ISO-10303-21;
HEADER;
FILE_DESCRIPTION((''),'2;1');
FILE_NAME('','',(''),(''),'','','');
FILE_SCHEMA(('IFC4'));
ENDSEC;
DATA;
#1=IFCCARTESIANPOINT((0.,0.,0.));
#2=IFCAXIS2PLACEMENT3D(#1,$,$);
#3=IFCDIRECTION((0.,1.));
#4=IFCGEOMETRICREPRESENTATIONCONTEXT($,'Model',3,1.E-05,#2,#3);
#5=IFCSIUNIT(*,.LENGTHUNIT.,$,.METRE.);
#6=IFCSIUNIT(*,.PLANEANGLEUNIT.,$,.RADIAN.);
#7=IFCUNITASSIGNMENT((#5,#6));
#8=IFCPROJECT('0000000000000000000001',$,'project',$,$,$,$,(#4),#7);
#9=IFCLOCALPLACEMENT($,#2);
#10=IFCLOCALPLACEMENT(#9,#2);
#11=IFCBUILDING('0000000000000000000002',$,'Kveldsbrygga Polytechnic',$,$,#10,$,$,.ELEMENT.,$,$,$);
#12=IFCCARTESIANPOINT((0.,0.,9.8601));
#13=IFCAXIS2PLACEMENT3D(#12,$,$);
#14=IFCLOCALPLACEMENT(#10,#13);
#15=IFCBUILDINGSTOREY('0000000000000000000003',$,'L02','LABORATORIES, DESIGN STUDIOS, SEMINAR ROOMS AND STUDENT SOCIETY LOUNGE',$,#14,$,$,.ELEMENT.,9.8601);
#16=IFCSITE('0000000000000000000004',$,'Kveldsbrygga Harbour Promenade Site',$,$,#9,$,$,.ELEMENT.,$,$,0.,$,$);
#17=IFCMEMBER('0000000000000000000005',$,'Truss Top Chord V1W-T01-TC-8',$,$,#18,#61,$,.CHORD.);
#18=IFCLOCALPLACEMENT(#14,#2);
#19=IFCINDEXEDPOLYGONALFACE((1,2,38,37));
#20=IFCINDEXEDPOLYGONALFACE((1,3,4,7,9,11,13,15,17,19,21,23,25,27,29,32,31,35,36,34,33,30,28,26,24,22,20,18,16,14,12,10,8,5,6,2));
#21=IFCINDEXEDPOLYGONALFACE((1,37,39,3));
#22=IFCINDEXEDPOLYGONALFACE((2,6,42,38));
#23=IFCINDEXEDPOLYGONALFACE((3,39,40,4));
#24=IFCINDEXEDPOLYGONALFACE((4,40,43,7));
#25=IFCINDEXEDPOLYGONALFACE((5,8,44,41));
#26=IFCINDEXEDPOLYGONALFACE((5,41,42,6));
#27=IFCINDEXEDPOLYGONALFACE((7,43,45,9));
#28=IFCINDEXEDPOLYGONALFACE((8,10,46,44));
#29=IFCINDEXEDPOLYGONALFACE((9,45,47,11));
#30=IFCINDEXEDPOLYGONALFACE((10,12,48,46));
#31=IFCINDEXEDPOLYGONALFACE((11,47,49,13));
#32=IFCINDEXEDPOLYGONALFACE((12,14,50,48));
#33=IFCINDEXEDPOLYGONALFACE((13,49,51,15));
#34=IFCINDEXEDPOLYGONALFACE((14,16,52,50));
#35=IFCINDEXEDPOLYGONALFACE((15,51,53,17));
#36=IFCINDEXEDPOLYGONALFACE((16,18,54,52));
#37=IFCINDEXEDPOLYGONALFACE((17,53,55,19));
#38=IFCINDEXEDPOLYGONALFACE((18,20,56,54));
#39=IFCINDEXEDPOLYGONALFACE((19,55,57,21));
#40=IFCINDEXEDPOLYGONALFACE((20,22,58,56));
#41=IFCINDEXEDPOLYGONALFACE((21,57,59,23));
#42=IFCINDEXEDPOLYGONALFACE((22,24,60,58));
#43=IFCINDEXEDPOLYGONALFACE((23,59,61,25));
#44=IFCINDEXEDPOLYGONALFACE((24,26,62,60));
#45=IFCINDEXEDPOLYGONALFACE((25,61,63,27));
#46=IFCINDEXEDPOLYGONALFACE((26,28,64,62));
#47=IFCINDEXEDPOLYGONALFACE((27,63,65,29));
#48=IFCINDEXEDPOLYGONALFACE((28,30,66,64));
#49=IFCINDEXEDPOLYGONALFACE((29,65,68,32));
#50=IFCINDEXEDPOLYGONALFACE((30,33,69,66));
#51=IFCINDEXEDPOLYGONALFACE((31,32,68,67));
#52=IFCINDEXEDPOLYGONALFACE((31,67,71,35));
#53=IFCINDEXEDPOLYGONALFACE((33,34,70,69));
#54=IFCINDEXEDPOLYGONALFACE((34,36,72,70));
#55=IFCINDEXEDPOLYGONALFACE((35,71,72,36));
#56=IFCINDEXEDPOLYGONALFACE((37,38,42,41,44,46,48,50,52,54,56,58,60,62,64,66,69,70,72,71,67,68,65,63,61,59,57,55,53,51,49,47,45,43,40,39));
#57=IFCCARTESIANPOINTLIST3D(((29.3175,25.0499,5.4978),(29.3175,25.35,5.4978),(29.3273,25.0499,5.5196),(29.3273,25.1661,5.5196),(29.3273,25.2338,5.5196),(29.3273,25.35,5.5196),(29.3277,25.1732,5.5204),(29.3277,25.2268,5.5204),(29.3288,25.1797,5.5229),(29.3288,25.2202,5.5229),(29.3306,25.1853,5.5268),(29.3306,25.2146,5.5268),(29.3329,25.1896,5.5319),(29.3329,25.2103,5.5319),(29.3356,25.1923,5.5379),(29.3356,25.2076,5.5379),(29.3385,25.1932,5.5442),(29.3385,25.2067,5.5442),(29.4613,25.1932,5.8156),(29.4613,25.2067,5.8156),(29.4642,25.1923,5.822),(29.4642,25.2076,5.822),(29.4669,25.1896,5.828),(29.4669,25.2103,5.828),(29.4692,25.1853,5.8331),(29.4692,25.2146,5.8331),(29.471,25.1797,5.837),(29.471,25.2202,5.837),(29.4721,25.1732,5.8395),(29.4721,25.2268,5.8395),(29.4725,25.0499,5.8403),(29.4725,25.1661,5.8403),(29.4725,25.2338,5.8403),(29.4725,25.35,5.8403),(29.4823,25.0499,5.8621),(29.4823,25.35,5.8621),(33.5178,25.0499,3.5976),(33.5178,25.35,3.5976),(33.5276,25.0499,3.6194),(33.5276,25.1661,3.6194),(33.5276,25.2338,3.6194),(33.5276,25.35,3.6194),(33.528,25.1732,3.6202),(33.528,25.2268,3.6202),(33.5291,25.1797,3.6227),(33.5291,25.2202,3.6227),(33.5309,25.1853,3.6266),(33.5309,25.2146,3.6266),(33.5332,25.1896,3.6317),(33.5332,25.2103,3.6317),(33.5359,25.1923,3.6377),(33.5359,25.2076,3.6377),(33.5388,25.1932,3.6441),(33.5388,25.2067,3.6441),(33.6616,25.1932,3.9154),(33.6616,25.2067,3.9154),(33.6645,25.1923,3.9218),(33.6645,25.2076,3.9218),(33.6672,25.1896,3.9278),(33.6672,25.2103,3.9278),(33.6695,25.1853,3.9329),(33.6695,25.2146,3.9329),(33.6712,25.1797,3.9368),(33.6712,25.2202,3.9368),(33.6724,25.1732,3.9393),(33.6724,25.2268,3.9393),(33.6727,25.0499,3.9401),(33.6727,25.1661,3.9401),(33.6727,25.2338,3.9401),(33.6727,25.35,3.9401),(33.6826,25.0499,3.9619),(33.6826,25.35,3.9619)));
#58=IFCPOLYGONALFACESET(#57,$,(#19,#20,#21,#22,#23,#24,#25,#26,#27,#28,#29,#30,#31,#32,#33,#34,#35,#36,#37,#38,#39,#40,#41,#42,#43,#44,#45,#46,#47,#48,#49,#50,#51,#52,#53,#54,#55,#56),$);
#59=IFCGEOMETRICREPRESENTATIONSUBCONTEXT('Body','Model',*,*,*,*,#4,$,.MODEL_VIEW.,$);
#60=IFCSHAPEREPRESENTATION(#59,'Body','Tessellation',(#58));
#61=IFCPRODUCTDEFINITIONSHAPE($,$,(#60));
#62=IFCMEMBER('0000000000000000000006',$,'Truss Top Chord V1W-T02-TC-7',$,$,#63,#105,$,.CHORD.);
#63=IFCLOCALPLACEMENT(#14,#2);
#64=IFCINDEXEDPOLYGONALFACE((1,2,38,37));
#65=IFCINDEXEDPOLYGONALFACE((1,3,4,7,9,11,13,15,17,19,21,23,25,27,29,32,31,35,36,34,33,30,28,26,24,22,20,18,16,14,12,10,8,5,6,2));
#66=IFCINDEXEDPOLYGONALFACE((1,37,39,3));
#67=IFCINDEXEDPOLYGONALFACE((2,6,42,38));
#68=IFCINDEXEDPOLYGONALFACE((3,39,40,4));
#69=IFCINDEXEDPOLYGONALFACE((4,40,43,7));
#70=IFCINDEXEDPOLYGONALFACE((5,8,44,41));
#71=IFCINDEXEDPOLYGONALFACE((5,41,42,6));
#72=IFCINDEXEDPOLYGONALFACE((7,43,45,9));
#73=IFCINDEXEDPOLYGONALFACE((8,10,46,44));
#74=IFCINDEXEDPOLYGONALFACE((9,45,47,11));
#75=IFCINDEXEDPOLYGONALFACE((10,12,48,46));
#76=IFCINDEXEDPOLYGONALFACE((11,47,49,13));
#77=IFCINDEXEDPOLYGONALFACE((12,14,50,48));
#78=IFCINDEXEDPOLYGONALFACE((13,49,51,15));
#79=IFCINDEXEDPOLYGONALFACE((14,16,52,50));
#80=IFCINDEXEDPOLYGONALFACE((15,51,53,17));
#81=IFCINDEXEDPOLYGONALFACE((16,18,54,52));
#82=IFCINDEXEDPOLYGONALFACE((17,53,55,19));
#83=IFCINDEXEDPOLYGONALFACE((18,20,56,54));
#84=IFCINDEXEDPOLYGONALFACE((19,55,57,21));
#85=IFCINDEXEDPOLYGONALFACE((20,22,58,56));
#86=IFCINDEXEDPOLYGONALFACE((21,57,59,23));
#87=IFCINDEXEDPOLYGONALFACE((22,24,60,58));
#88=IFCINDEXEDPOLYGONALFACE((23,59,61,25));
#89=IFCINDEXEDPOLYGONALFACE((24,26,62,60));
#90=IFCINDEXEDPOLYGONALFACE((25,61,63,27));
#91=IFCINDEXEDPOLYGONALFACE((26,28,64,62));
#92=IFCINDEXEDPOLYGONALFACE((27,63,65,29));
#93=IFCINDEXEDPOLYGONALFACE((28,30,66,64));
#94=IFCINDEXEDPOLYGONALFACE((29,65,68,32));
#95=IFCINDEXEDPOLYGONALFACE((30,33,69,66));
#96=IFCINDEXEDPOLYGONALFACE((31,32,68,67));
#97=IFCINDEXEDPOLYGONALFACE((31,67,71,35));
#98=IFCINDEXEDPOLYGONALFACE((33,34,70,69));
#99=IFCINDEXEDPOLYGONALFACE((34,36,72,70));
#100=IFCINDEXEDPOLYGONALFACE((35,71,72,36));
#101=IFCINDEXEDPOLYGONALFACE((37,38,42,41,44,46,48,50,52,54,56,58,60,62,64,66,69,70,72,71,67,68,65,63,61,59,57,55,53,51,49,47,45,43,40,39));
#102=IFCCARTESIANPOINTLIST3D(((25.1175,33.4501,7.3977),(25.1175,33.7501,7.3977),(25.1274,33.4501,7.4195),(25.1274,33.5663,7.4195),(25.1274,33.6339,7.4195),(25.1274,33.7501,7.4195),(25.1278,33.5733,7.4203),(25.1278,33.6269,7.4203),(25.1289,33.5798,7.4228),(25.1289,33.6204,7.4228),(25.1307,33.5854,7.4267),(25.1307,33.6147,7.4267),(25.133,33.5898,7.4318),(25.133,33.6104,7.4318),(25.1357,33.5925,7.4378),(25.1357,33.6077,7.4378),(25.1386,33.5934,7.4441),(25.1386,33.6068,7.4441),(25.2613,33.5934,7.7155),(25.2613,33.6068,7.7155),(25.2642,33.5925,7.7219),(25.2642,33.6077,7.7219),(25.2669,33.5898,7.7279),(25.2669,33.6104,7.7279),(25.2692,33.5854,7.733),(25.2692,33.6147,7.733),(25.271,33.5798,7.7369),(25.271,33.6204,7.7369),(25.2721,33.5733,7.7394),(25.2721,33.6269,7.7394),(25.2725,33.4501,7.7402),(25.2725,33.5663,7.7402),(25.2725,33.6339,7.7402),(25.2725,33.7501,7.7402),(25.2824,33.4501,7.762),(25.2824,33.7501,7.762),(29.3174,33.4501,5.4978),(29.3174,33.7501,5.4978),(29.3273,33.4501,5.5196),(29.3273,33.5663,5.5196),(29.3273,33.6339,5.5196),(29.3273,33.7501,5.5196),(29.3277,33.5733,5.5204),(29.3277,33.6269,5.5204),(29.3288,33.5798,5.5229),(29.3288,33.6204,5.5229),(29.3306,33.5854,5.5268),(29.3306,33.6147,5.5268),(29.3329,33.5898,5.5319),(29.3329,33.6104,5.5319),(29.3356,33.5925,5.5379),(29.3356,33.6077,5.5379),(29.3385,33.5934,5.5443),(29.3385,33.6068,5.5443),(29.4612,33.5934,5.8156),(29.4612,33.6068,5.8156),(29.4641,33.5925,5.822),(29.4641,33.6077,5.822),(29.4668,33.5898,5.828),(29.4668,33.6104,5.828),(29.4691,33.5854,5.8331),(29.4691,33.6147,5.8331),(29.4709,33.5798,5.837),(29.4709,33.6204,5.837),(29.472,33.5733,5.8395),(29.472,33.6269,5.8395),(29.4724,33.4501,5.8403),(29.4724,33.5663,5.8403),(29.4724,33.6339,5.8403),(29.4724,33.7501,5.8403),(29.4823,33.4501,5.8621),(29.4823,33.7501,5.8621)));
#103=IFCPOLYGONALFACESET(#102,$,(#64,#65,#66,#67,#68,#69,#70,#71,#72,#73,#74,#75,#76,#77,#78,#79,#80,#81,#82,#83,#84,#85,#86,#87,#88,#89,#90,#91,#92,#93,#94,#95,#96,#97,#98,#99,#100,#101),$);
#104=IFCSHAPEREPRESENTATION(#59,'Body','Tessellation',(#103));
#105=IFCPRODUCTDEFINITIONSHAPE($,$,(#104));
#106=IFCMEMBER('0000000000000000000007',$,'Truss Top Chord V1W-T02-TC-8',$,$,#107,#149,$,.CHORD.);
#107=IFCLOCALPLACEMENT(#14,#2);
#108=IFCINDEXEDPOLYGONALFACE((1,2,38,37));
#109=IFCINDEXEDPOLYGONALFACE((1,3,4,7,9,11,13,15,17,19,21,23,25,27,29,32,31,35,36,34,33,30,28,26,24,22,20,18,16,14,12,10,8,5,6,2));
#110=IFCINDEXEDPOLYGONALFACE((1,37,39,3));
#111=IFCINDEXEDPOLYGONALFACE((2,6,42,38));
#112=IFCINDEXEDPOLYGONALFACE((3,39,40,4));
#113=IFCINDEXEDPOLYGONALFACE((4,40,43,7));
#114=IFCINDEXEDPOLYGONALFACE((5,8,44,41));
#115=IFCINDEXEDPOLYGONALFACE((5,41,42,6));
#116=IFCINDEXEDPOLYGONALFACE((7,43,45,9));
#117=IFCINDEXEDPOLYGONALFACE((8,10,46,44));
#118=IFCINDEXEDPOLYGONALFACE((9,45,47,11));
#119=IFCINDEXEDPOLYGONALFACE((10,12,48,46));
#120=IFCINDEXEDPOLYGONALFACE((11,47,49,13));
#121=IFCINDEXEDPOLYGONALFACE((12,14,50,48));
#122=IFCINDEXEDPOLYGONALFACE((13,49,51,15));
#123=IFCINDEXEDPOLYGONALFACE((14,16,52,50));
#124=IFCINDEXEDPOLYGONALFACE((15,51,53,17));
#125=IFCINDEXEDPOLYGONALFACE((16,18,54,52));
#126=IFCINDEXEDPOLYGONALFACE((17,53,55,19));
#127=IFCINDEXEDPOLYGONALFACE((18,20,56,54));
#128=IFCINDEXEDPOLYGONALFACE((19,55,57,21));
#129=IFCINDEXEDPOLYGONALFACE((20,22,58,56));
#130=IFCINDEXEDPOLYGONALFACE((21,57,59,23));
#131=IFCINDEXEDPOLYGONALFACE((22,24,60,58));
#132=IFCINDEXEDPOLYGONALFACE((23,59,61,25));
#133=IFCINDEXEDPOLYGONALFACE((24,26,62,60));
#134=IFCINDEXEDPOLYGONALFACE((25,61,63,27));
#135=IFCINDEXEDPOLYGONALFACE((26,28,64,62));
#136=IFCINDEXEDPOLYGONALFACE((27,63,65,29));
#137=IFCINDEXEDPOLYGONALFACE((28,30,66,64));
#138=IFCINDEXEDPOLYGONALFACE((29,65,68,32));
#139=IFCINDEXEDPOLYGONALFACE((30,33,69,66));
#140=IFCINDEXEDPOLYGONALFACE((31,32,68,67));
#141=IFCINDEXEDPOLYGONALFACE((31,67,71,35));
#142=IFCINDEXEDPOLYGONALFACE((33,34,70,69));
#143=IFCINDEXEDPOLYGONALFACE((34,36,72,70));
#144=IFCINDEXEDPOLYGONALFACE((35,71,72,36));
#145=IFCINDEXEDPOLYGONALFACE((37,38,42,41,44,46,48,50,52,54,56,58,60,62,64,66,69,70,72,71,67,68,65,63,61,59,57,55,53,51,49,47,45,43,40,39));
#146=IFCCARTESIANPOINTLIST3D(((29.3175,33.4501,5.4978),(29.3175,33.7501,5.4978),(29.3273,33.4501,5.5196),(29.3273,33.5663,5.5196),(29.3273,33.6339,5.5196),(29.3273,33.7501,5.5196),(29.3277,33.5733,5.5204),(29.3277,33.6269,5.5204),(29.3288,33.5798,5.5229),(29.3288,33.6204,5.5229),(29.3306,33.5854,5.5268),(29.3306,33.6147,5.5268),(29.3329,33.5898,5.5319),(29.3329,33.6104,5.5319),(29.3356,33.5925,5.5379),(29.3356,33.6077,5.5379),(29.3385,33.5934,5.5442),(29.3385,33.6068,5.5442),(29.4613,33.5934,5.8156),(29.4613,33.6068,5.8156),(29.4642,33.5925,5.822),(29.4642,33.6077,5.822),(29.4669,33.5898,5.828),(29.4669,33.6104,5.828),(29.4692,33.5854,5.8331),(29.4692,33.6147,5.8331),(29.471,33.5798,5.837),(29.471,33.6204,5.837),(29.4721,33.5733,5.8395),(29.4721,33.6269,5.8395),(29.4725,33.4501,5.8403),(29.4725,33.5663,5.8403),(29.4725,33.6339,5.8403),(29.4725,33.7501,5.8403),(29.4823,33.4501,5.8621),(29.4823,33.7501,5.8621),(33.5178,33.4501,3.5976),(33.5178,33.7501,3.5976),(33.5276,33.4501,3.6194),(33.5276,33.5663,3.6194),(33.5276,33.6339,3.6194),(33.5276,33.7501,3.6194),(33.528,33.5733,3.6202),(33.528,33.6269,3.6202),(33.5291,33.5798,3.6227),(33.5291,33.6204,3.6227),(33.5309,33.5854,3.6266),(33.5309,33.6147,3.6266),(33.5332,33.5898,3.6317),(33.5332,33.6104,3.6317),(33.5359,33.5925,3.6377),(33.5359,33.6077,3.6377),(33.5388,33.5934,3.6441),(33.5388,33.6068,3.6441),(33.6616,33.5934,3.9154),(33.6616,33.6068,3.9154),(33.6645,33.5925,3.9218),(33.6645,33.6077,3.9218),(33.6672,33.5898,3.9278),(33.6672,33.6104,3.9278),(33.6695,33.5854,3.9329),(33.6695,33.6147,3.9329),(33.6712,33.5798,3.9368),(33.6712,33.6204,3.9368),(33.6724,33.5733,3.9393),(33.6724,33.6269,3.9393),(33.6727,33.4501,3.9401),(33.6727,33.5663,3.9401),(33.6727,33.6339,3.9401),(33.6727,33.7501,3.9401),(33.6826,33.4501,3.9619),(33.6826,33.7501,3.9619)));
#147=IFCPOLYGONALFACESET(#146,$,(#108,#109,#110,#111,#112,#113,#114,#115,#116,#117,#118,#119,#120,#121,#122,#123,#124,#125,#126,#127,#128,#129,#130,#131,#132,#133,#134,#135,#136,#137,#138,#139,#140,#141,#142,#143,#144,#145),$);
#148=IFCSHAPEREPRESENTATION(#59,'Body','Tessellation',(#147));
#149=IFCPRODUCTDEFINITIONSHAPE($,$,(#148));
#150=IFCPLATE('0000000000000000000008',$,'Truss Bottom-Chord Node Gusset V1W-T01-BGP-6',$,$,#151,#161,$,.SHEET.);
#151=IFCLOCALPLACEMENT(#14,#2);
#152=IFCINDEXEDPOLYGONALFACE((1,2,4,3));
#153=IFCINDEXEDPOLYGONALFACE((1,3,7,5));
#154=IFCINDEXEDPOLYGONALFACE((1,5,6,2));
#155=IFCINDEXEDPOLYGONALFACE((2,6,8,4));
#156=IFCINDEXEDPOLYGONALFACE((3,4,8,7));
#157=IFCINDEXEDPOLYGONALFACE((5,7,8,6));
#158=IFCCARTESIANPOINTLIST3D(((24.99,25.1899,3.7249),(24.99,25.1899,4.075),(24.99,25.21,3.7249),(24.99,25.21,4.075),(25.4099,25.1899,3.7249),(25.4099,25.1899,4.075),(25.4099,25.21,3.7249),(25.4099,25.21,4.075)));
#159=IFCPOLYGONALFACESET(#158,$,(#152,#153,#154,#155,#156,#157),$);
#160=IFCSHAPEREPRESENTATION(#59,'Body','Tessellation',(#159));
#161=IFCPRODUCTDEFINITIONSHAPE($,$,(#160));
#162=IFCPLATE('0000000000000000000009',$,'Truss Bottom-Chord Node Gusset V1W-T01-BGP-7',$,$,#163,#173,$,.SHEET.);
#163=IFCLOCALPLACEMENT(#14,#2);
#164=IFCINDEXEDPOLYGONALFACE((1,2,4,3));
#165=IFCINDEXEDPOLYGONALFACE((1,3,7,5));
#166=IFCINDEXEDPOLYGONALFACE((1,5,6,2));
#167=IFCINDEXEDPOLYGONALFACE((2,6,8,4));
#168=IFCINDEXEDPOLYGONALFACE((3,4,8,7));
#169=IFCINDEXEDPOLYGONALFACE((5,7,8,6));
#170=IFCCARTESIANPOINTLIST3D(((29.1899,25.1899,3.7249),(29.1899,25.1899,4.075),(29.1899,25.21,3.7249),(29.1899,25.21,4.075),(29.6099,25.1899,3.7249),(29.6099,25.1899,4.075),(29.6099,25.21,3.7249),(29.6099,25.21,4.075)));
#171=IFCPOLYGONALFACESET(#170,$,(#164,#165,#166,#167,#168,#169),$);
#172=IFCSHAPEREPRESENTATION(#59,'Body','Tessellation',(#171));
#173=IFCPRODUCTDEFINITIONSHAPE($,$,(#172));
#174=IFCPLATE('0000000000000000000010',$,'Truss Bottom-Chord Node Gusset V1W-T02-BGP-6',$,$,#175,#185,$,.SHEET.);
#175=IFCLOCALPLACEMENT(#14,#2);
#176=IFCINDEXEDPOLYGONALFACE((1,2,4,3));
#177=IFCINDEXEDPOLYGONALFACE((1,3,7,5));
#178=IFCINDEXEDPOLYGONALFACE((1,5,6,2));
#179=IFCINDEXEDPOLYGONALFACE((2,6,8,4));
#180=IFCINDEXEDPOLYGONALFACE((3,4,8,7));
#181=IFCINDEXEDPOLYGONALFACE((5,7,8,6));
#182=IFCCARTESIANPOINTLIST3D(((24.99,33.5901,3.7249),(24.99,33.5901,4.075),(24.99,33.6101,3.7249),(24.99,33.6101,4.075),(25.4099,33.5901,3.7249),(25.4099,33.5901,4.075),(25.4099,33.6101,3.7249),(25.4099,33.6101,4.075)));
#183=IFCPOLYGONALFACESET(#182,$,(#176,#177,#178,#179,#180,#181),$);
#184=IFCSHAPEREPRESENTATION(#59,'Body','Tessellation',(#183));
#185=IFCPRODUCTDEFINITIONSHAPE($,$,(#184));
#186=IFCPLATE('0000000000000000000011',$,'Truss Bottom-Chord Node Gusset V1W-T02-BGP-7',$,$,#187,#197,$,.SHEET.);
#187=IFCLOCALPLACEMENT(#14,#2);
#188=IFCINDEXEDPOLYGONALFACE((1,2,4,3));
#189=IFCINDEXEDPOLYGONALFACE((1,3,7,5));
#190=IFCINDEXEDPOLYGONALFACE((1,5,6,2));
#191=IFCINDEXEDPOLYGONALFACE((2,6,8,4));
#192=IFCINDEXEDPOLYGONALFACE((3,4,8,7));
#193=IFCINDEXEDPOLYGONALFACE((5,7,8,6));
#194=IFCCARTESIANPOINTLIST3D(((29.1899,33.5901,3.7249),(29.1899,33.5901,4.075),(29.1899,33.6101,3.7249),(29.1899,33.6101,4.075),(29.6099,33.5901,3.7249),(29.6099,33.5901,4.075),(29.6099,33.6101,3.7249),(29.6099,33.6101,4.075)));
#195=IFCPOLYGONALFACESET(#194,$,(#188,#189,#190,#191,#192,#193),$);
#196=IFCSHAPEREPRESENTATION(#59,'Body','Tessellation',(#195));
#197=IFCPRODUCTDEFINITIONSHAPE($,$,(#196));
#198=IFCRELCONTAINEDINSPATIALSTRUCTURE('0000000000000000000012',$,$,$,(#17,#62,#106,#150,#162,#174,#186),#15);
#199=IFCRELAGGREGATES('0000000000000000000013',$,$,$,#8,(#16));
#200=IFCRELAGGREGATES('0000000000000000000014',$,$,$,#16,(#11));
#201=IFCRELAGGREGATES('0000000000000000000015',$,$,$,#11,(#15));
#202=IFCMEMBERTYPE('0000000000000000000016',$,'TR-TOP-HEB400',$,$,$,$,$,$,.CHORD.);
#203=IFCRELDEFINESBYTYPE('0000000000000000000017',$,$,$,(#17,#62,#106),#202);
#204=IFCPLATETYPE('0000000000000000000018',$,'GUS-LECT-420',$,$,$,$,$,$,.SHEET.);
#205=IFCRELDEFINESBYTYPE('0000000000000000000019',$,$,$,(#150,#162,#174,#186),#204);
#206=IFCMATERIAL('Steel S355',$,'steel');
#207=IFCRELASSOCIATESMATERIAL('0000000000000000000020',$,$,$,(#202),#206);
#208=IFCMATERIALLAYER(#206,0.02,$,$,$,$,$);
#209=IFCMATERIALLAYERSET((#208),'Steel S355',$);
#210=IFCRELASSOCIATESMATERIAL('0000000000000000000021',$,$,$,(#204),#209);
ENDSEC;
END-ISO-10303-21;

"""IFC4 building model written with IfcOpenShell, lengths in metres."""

from ifc_helpers import new_model, si_unit, direction, frame, origin, origin_2d, place, context, subcontext, project, spatial, rectangle, i_section, extrude, material, layer, layer_set, material_profile, profile_set, type_object, element, save


model = new_model("IFC4")

# Units and contexts
model_context = context("Model", 3, precision=1e-05, world=origin(), true_north=direction((0.0, 1.0)))
body_context = subcontext(model_context, "Body", "Model", "MODEL_VIEW")
ifc_project = project(units=[si_unit("LENGTHUNIT", "METRE"), si_unit("PLANEANGLEUNIT", "RADIAN")], contexts=[model_context])

# Site, building, storey
site_placement = place(None, origin())
site = spatial("IfcSite", under=ifc_project, at=site_placement, Name="Kveldsbrygga Harbour Promenade Site", CompositionType="ELEMENT", RefElevation=0.0)
building_placement = place(site_placement, origin())
building = spatial("IfcBuilding", under=site, at=building_placement, Name="Kveldsbrygga Polytechnic", CompositionType="ELEMENT")
storey_placement = place(building_placement, frame((0.0, 0.0, 9.8601)))
storey = spatial("IfcBuildingStorey", under=building, at=storey_placement, Name="L02", Description="LABORATORIES, DESIGN STUDIOS, SEMINAR ROOMS AND STUDENT SOCIETY LOUNGE", CompositionType="ELEMENT", Elevation=9.8601)

# Members
ifc_material_1 = material(Name="Steel S355", Category="steel")
ifc_material_profile_1 = material_profile(ifc_material_1, i_section(OverallWidth=0.3, OverallDepth=0.3999, WebThickness=0.0134, FlangeThickness=0.0239, FilletRadius=0.0271, at=origin_2d()), Name="HEB 400")
ifc_profile_set_1 = profile_set([ifc_material_profile_1], Name="Steel S355")
member_type_1 = type_object("IfcMemberType", Name="TR-TOP-HEB400", PredefinedType="CHORD", material=ifc_profile_set_1)
member_1_placement = place(storey_placement, frame((29.3999, 25.2, 5.6799), z_axis=(0.911103, 0.0, -0.412178), x_axis=(0.0, 1.0, 0.0)))
element("IfcMember", 1, at=member_1_placement, inside=storey, type_object=member_type_1, Name="Truss Top Chord V1W-T01-TC-8", PredefinedType="CHORD", context=body_context, shape_type="SweptSolid", body=[
    extrude(i_section(OverallWidth=0.3, OverallDepth=0.3999, WebThickness=0.0134, FlangeThickness=0.0239, FilletRadius=0.0271, at=origin_2d()), origin(), (0.0, 0.0, 1.0), 4.6101),
])
member_2_placement = place(storey_placement, frame((25.2, 33.6001, 7.5798), z_axis=(0.911114, 0.0, -0.412154), x_axis=(0.0, 1.0, 0.0)))
element("IfcMember", 2, at=member_2_placement, inside=storey, type_object=member_type_1, Name="Truss Top Chord V1W-T02-TC-7", PredefinedType="CHORD", context=body_context, shape_type="SweptSolid", body=[
    extrude(i_section(OverallWidth=0.3, OverallDepth=0.3999, WebThickness=0.0134, FlangeThickness=0.0239, FilletRadius=0.0271, at=origin_2d()), origin(), (0.0, 0.0, 1.0), 4.6096),
])
member_3_placement = place(storey_placement, frame((29.3999, 33.6001, 5.6799), z_axis=(0.911103, 0.0, -0.412178), x_axis=(0.0, 1.0, 0.0)))
element("IfcMember", 3, at=member_3_placement, inside=storey, type_object=member_type_1, Name="Truss Top Chord V1W-T02-TC-8", PredefinedType="CHORD", context=body_context, shape_type="SweptSolid", body=[
    extrude(i_section(OverallWidth=0.3, OverallDepth=0.3999, WebThickness=0.0134, FlangeThickness=0.0239, FilletRadius=0.0271, at=origin_2d()), origin(), (0.0, 0.0, 1.0), 4.6101),
])

# Plates
ifc_layer_1 = layer(ifc_material_1, 0.02)
ifc_layer_set_1 = layer_set([ifc_layer_1], Name="Steel S355")
plate_type_1 = type_object("IfcPlateType", Name="GUS-LECT-420", PredefinedType="SHEET", material=ifc_layer_set_1)
for number, where, z_axis, x_axis, name in (
    (4, (25.2, 25.2, 3.7249), (0.0, 0.0, 1.0), (1.0, 0.0, 0.0), "Truss Bottom-Chord Node Gusset V1W-T01-BGP-6"),
    (5, (29.3999, 25.2, 3.7249), (0.0, 0.0, 1.0), (1.0, 0.0, 0.0), "Truss Bottom-Chord Node Gusset V1W-T01-BGP-7"),
    (6, (25.2, 33.6001, 3.7249), (0.0, 0.0, 1.0), (1.0, 0.0, 0.0), "Truss Bottom-Chord Node Gusset V1W-T02-BGP-6"),
    (7, (29.3999, 33.6001, 3.7249), (0.0, 0.0, 1.0), (1.0, 0.0, 0.0), "Truss Bottom-Chord Node Gusset V1W-T02-BGP-7"),
):
    element("IfcPlate", number, at=place(storey_placement, frame(where, z_axis=z_axis, x_axis=x_axis)), inside=storey, type_object=plate_type_1, Name=name, PredefinedType="SHEET", context=body_context, shape_type="SweptSolid", body=[
        extrude(rectangle(XDim=0.4199, YDim=0.02, at=origin_2d()), origin(), (0.0, 0.0, 1.0), 0.3501),
    ])

save(model, "model.ifc")
